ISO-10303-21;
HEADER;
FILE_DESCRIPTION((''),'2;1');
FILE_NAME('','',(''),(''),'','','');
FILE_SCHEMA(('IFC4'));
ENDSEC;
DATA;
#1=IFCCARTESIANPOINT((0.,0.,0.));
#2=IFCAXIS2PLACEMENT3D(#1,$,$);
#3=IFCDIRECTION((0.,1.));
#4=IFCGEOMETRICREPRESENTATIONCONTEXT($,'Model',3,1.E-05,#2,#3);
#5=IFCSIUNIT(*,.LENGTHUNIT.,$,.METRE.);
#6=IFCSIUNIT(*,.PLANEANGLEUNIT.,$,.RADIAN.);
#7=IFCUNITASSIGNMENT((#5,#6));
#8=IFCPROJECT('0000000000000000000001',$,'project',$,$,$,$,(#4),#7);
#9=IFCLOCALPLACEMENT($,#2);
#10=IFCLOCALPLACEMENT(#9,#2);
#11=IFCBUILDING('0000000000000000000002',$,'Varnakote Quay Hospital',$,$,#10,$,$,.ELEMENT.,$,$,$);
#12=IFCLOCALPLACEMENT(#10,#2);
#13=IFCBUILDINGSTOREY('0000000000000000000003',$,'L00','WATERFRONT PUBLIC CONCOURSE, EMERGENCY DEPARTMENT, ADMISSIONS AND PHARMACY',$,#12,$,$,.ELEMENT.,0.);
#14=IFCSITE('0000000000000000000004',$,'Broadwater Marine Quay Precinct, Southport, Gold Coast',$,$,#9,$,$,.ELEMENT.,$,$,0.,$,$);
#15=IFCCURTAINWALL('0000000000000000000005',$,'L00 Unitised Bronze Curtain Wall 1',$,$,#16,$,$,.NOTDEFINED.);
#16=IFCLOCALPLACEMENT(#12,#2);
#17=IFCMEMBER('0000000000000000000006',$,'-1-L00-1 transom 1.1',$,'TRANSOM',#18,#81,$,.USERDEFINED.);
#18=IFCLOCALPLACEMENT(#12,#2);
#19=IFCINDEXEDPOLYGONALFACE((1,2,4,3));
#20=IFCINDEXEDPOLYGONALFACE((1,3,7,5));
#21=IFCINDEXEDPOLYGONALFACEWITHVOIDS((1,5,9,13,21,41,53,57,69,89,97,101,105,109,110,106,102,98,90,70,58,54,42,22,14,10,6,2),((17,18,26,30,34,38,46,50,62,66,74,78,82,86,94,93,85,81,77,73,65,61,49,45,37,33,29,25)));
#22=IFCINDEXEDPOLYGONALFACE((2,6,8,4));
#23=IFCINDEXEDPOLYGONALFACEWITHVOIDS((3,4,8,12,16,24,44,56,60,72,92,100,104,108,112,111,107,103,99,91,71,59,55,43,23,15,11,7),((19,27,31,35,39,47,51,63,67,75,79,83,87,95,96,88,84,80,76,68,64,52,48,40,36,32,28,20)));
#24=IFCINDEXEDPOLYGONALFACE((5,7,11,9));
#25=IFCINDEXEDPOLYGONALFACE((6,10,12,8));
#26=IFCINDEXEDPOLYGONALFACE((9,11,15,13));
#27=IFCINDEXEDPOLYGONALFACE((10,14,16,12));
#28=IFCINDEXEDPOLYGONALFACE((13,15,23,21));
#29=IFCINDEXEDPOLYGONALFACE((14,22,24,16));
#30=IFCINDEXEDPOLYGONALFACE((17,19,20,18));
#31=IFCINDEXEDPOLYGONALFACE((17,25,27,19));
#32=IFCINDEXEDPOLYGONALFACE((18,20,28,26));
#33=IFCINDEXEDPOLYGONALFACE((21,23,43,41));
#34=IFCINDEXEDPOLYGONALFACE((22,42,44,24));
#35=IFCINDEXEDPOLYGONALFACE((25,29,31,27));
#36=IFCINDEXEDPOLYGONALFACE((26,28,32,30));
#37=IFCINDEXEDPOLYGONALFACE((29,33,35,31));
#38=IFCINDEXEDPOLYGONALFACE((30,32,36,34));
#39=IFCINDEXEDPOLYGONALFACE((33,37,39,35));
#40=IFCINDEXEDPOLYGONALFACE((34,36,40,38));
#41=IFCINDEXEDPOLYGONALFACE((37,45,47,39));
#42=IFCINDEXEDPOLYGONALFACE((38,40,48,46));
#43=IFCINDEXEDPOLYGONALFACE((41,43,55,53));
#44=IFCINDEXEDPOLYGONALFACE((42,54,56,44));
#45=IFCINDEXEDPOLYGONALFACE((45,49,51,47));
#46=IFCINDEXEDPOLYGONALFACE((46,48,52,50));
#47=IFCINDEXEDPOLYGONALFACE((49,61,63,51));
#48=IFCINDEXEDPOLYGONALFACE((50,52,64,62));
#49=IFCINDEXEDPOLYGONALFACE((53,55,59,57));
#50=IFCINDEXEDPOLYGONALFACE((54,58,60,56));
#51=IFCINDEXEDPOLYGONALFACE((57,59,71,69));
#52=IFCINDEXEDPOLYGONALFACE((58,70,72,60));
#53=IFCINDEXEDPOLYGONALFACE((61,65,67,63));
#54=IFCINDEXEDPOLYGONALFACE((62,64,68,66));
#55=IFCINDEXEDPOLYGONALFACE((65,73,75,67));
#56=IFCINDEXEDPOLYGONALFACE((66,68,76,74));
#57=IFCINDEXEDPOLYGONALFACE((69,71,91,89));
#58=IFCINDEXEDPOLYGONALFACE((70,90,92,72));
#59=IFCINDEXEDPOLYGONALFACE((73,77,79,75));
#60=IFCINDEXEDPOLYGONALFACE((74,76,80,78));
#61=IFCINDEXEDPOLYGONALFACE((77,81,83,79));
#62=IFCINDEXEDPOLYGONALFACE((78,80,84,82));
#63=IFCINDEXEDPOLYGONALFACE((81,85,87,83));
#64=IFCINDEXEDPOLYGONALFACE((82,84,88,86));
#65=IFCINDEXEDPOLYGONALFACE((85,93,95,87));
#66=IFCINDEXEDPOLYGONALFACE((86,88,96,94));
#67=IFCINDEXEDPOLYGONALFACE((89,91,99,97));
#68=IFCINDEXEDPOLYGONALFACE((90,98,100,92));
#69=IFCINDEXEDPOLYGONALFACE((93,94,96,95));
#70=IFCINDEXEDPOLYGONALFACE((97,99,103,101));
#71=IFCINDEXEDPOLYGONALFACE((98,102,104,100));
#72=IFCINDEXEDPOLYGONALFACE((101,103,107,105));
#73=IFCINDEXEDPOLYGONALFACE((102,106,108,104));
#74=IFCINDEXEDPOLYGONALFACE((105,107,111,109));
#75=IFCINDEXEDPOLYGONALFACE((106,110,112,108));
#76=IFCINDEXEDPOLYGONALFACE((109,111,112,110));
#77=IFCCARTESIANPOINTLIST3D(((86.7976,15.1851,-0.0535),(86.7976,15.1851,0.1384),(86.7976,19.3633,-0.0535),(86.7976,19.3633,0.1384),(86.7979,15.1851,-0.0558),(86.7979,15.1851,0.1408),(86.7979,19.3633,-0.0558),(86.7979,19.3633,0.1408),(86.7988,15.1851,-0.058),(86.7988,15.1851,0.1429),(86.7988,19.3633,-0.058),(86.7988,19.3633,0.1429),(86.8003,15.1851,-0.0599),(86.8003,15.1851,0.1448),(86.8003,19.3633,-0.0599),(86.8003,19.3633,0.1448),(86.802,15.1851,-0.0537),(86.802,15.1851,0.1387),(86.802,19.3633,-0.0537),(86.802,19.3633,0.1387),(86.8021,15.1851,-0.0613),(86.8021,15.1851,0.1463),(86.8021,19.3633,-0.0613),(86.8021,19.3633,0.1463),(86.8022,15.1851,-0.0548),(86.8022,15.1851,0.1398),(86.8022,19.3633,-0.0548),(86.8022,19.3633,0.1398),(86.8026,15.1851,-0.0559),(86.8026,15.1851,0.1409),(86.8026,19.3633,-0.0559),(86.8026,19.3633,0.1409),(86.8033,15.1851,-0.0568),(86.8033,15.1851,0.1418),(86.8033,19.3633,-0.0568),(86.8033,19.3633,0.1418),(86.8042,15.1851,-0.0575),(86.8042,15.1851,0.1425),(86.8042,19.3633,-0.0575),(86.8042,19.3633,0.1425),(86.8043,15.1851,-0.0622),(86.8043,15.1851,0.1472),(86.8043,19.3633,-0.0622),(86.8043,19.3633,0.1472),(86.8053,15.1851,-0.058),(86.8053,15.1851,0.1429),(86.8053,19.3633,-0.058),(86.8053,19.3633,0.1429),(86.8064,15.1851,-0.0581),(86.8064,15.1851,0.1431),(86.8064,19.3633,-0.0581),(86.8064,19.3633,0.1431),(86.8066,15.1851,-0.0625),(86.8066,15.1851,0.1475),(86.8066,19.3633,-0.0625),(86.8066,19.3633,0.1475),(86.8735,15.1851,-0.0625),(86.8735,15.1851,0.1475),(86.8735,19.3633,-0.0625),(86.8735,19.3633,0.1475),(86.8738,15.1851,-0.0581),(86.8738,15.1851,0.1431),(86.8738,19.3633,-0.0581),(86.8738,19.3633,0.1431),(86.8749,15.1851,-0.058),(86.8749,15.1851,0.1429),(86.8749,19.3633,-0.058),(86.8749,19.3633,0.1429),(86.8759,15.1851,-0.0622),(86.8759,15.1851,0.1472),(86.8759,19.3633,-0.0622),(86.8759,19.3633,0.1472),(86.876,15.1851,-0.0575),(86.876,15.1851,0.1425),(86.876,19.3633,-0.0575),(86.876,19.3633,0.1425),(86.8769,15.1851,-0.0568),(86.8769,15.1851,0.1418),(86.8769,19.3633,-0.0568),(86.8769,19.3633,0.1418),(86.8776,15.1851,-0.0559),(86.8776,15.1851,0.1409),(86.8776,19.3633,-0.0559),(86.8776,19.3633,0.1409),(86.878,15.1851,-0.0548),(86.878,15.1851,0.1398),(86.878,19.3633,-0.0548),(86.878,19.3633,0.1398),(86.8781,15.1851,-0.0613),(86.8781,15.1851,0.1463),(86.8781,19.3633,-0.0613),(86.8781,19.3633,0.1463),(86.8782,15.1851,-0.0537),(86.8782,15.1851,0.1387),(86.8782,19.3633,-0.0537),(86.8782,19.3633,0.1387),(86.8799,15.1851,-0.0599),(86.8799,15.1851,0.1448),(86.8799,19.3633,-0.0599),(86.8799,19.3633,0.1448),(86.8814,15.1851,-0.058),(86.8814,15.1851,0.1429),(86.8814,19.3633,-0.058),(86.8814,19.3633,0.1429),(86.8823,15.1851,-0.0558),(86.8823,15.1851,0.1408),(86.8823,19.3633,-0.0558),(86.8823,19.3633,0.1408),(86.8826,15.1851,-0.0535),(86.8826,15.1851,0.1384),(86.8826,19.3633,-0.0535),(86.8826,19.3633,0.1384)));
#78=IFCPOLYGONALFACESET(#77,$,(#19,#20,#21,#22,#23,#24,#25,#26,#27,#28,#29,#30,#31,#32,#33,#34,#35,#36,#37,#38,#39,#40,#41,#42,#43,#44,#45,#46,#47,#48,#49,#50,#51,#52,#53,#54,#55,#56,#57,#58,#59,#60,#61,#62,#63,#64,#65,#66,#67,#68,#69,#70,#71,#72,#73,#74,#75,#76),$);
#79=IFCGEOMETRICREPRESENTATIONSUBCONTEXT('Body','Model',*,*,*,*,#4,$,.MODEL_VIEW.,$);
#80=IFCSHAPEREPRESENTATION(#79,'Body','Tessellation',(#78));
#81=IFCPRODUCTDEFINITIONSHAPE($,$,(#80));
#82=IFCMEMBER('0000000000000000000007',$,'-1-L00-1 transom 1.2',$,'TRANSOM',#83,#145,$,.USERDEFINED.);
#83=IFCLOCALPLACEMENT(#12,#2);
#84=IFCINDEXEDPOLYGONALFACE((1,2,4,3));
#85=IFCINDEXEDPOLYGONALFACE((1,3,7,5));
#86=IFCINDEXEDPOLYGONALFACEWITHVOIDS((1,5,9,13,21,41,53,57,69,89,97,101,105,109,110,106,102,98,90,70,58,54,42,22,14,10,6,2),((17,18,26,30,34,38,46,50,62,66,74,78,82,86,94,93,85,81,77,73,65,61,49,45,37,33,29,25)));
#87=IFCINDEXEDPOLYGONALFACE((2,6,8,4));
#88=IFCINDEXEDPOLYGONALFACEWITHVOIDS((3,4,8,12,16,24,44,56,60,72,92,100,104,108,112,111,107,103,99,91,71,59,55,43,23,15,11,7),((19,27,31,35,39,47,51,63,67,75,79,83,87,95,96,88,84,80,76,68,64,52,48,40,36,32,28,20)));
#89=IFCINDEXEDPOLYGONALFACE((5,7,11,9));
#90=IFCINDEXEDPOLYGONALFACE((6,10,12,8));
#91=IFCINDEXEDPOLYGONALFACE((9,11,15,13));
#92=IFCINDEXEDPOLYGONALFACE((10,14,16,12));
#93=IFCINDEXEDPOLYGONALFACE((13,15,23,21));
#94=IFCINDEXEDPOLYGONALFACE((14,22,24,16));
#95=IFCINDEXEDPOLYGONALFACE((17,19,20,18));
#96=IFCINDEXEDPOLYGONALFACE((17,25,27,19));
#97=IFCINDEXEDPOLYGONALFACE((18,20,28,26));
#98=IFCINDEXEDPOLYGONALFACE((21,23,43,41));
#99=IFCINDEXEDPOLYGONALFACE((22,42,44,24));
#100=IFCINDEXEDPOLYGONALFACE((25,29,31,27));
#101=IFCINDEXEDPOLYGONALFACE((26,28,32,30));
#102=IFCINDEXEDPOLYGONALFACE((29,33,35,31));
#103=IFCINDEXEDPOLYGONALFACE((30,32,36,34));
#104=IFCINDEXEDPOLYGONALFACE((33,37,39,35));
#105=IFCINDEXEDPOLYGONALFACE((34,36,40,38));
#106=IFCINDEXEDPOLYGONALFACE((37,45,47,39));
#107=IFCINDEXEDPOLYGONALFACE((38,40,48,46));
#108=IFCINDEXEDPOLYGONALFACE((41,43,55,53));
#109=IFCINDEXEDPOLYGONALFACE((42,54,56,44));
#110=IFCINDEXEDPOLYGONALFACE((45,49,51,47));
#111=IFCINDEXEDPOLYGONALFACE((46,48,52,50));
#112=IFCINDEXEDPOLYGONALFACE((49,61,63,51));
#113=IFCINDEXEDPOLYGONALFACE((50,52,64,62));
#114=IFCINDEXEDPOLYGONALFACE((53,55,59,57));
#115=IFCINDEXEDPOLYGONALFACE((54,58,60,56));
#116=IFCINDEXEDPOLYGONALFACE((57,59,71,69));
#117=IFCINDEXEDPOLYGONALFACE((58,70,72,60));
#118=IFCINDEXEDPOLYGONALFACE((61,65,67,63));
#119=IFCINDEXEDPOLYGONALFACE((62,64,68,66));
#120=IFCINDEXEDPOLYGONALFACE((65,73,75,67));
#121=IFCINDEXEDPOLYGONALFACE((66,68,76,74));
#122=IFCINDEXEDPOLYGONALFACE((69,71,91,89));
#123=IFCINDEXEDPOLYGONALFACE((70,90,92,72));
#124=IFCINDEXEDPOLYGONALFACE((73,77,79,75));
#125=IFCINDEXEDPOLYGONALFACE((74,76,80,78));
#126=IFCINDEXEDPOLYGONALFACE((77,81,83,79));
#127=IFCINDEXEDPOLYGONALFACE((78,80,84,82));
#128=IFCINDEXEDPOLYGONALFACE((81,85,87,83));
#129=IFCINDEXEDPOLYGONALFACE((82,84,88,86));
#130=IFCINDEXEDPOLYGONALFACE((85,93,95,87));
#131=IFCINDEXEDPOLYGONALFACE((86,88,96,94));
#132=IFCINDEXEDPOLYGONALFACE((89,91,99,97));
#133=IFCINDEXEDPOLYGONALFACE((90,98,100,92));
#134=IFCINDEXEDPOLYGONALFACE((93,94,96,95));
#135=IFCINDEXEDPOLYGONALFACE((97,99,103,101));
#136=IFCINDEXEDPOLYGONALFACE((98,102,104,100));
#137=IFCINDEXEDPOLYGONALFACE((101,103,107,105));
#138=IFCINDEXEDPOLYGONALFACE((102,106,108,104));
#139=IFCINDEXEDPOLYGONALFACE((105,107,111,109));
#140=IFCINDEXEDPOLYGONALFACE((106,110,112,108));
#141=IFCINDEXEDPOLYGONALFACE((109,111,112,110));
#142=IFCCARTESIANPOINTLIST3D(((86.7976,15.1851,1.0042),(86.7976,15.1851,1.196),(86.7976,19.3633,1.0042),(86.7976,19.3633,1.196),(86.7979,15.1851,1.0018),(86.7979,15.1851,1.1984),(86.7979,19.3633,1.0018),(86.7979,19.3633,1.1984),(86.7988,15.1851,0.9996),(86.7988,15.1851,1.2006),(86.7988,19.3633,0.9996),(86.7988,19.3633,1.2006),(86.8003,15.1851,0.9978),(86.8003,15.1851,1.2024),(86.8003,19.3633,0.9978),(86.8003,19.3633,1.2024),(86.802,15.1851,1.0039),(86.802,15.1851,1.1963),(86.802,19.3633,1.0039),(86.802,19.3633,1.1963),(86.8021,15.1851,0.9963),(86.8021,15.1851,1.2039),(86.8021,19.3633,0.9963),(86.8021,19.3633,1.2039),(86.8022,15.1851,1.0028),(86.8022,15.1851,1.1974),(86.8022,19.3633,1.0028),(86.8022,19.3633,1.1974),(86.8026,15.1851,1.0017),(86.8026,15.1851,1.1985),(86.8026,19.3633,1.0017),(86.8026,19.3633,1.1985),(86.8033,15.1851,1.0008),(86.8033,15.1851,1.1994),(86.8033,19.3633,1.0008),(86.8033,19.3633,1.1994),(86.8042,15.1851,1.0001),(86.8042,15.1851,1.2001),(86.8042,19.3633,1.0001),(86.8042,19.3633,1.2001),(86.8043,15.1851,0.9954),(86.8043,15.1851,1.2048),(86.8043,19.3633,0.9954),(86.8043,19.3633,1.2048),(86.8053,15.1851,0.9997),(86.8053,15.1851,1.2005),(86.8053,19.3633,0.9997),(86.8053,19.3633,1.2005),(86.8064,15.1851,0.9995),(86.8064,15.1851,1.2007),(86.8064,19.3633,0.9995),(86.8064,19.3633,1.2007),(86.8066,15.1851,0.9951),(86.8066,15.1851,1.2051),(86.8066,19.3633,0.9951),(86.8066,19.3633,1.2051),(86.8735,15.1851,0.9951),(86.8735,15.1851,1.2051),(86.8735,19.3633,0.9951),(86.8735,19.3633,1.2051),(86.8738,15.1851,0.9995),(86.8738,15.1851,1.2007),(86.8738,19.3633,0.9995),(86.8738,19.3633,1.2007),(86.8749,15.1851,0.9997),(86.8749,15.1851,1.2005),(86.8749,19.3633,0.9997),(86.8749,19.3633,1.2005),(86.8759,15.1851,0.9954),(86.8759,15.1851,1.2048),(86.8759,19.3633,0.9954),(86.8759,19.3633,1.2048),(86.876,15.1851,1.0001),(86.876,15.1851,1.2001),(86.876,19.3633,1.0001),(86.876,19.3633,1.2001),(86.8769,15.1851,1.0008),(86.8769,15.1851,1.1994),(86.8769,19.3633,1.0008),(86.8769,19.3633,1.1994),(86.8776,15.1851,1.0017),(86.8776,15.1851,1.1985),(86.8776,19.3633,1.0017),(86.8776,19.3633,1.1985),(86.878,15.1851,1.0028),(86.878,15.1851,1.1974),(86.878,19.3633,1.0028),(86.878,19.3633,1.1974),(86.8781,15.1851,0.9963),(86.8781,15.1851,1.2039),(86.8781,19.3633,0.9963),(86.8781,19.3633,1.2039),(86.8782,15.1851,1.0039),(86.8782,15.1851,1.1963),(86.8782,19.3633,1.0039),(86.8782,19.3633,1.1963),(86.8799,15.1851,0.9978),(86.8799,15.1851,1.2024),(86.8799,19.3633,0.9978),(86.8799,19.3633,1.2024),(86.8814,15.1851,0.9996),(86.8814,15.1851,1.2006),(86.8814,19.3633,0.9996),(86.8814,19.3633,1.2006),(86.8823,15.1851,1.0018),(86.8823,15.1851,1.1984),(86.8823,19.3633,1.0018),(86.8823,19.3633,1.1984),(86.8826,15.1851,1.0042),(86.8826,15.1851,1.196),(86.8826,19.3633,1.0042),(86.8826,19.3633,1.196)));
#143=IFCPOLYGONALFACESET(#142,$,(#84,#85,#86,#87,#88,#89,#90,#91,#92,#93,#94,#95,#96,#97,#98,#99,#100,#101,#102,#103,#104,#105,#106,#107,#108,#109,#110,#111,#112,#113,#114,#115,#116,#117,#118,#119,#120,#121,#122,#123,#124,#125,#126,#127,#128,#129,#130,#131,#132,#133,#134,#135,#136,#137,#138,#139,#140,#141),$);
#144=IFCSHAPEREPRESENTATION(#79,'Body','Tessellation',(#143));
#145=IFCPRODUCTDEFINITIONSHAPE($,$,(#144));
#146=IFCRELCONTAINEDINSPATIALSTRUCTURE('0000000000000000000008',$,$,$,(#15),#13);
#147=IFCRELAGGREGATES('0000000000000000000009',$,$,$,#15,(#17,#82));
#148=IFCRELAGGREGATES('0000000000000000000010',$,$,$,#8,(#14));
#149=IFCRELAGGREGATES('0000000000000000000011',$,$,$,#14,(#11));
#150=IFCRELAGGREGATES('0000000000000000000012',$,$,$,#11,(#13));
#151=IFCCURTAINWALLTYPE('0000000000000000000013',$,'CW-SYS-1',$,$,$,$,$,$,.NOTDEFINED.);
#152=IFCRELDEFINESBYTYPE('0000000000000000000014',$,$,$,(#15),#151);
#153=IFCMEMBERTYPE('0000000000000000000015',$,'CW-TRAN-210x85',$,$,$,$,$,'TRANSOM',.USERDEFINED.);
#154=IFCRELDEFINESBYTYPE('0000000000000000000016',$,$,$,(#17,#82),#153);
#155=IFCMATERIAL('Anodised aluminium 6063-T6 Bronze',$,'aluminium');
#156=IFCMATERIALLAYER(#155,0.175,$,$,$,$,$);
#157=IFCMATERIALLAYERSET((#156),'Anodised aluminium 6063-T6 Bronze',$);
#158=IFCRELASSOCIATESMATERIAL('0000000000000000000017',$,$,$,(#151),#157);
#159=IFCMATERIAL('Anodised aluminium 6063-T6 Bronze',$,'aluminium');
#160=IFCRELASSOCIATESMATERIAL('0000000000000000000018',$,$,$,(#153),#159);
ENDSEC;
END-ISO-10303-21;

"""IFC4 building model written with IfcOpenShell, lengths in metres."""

from ifc_helpers import new_model, si_unit, direction, frame, origin, origin_2d, place, context, subcontext, project, spatial, hollow_rectangle, extrude, material, layer, layer_set, material_profile, profile_set, type_object, element, aggregate, save


model = new_model("IFC4")

# Units and contexts
model_context = context("Model", 3, precision=1e-05, world=origin(), true_north=direction((0.0, 1.0)))
body_context = subcontext(model_context, "Body", "Model", "MODEL_VIEW")
ifc_project = project(units=[si_unit("LENGTHUNIT", "METRE"), si_unit("PLANEANGLEUNIT", "RADIAN")], contexts=[model_context])

# Site, building, storey
site_placement = place(None, origin())
site = spatial("IfcSite", under=ifc_project, at=site_placement, Name="Broadwater Marine Quay Precinct, Southport, Gold Coast", CompositionType="ELEMENT", RefElevation=0.0)
building_placement = place(site_placement, origin())
building = spatial("IfcBuilding", under=site, at=building_placement, Name="Varnakote Quay Hospital", CompositionType="ELEMENT")
storey_placement = place(building_placement, origin())
storey = spatial("IfcBuildingStorey", under=building, at=storey_placement, Name="L00", Description="WATERFRONT PUBLIC CONCOURSE, EMERGENCY DEPARTMENT, ADMISSIONS AND PHARMACY", CompositionType="ELEMENT", Elevation=0.0)

# Curtain wall, members
ifc_material_1 = material(Name="Anodised aluminium 6063-T6 Bronze", Category="aluminium")
ifc_layer_1 = layer(ifc_material_1, 0.175)
ifc_layer_set_1 = layer_set([ifc_layer_1], Name="Anodised aluminium 6063-T6 Bronze")
curtain_wall_type = type_object("IfcCurtainWallType", Name="CW-SYS-1", PredefinedType="NOTDEFINED", material=ifc_layer_set_1)
curtain_wall_placement = place(storey_placement, origin())
curtain_wall = element("IfcCurtainWall", 1, at=curtain_wall_placement, inside=storey, type_object=curtain_wall_type, Name="L00 Unitised Bronze Curtain Wall 1", PredefinedType="NOTDEFINED")
ifc_material_2 = material(Name="Anodised aluminium 6063-T6 Bronze", Category="aluminium")
ifc_material_profile_1 = material_profile(ifc_material_2, hollow_rectangle(XDim=0.085, YDim=0.21, WallThickness=0.0044, InnerFilletRadius=0.0044, OuterFilletRadius=0.009, at=origin_2d()), Name="CW-TRAN-210x85")
ifc_profile_set_1 = profile_set([ifc_material_profile_1], Name="Anodised aluminium 6063-T6 Bronze")
member_type_1 = type_object("IfcMemberType", Name="CW-TRAN-210x85", ElementType="TRANSOM", PredefinedType="USERDEFINED", material=ifc_profile_set_1)
member_1_placement = place(storey_placement, frame((86.8401, 15.1851, 0.0425), z_axis=(0.0, 1.0, 0.0), x_axis=(-1.0, 0.0, 0.0)))
member_1 = element("IfcMember", 2, at=member_1_placement, type_object=member_type_1, Name="-1-L00-1 transom 1.1", ObjectType="TRANSOM", PredefinedType="USERDEFINED", context=body_context, shape_type="SweptSolid", body=[
    extrude(hollow_rectangle(XDim=0.085, YDim=0.21, WallThickness=0.0044, InnerFilletRadius=0.0044, OuterFilletRadius=0.009, at=origin_2d()), origin(), (0.0, 0.0, 1.0), 4.1782),
])
member_2_placement = place(storey_placement, frame((86.8401, 15.1851, 1.1001), z_axis=(0.0, 1.0, 0.0), x_axis=(-1.0, 0.0, 0.0)))
member_2 = element("IfcMember", 3, at=member_2_placement, type_object=member_type_1, Name="-1-L00-1 transom 1.2", ObjectType="TRANSOM", PredefinedType="USERDEFINED", context=body_context, shape_type="SweptSolid", body=[
    extrude(hollow_rectangle(XDim=0.085, YDim=0.21, WallThickness=0.0044, InnerFilletRadius=0.0044, OuterFilletRadius=0.009, at=origin_2d()), origin(), (0.0, 0.0, 1.0), 4.1782),
])

aggregate(curtain_wall, [member_1, member_2])

save(model, "model.ifc")
